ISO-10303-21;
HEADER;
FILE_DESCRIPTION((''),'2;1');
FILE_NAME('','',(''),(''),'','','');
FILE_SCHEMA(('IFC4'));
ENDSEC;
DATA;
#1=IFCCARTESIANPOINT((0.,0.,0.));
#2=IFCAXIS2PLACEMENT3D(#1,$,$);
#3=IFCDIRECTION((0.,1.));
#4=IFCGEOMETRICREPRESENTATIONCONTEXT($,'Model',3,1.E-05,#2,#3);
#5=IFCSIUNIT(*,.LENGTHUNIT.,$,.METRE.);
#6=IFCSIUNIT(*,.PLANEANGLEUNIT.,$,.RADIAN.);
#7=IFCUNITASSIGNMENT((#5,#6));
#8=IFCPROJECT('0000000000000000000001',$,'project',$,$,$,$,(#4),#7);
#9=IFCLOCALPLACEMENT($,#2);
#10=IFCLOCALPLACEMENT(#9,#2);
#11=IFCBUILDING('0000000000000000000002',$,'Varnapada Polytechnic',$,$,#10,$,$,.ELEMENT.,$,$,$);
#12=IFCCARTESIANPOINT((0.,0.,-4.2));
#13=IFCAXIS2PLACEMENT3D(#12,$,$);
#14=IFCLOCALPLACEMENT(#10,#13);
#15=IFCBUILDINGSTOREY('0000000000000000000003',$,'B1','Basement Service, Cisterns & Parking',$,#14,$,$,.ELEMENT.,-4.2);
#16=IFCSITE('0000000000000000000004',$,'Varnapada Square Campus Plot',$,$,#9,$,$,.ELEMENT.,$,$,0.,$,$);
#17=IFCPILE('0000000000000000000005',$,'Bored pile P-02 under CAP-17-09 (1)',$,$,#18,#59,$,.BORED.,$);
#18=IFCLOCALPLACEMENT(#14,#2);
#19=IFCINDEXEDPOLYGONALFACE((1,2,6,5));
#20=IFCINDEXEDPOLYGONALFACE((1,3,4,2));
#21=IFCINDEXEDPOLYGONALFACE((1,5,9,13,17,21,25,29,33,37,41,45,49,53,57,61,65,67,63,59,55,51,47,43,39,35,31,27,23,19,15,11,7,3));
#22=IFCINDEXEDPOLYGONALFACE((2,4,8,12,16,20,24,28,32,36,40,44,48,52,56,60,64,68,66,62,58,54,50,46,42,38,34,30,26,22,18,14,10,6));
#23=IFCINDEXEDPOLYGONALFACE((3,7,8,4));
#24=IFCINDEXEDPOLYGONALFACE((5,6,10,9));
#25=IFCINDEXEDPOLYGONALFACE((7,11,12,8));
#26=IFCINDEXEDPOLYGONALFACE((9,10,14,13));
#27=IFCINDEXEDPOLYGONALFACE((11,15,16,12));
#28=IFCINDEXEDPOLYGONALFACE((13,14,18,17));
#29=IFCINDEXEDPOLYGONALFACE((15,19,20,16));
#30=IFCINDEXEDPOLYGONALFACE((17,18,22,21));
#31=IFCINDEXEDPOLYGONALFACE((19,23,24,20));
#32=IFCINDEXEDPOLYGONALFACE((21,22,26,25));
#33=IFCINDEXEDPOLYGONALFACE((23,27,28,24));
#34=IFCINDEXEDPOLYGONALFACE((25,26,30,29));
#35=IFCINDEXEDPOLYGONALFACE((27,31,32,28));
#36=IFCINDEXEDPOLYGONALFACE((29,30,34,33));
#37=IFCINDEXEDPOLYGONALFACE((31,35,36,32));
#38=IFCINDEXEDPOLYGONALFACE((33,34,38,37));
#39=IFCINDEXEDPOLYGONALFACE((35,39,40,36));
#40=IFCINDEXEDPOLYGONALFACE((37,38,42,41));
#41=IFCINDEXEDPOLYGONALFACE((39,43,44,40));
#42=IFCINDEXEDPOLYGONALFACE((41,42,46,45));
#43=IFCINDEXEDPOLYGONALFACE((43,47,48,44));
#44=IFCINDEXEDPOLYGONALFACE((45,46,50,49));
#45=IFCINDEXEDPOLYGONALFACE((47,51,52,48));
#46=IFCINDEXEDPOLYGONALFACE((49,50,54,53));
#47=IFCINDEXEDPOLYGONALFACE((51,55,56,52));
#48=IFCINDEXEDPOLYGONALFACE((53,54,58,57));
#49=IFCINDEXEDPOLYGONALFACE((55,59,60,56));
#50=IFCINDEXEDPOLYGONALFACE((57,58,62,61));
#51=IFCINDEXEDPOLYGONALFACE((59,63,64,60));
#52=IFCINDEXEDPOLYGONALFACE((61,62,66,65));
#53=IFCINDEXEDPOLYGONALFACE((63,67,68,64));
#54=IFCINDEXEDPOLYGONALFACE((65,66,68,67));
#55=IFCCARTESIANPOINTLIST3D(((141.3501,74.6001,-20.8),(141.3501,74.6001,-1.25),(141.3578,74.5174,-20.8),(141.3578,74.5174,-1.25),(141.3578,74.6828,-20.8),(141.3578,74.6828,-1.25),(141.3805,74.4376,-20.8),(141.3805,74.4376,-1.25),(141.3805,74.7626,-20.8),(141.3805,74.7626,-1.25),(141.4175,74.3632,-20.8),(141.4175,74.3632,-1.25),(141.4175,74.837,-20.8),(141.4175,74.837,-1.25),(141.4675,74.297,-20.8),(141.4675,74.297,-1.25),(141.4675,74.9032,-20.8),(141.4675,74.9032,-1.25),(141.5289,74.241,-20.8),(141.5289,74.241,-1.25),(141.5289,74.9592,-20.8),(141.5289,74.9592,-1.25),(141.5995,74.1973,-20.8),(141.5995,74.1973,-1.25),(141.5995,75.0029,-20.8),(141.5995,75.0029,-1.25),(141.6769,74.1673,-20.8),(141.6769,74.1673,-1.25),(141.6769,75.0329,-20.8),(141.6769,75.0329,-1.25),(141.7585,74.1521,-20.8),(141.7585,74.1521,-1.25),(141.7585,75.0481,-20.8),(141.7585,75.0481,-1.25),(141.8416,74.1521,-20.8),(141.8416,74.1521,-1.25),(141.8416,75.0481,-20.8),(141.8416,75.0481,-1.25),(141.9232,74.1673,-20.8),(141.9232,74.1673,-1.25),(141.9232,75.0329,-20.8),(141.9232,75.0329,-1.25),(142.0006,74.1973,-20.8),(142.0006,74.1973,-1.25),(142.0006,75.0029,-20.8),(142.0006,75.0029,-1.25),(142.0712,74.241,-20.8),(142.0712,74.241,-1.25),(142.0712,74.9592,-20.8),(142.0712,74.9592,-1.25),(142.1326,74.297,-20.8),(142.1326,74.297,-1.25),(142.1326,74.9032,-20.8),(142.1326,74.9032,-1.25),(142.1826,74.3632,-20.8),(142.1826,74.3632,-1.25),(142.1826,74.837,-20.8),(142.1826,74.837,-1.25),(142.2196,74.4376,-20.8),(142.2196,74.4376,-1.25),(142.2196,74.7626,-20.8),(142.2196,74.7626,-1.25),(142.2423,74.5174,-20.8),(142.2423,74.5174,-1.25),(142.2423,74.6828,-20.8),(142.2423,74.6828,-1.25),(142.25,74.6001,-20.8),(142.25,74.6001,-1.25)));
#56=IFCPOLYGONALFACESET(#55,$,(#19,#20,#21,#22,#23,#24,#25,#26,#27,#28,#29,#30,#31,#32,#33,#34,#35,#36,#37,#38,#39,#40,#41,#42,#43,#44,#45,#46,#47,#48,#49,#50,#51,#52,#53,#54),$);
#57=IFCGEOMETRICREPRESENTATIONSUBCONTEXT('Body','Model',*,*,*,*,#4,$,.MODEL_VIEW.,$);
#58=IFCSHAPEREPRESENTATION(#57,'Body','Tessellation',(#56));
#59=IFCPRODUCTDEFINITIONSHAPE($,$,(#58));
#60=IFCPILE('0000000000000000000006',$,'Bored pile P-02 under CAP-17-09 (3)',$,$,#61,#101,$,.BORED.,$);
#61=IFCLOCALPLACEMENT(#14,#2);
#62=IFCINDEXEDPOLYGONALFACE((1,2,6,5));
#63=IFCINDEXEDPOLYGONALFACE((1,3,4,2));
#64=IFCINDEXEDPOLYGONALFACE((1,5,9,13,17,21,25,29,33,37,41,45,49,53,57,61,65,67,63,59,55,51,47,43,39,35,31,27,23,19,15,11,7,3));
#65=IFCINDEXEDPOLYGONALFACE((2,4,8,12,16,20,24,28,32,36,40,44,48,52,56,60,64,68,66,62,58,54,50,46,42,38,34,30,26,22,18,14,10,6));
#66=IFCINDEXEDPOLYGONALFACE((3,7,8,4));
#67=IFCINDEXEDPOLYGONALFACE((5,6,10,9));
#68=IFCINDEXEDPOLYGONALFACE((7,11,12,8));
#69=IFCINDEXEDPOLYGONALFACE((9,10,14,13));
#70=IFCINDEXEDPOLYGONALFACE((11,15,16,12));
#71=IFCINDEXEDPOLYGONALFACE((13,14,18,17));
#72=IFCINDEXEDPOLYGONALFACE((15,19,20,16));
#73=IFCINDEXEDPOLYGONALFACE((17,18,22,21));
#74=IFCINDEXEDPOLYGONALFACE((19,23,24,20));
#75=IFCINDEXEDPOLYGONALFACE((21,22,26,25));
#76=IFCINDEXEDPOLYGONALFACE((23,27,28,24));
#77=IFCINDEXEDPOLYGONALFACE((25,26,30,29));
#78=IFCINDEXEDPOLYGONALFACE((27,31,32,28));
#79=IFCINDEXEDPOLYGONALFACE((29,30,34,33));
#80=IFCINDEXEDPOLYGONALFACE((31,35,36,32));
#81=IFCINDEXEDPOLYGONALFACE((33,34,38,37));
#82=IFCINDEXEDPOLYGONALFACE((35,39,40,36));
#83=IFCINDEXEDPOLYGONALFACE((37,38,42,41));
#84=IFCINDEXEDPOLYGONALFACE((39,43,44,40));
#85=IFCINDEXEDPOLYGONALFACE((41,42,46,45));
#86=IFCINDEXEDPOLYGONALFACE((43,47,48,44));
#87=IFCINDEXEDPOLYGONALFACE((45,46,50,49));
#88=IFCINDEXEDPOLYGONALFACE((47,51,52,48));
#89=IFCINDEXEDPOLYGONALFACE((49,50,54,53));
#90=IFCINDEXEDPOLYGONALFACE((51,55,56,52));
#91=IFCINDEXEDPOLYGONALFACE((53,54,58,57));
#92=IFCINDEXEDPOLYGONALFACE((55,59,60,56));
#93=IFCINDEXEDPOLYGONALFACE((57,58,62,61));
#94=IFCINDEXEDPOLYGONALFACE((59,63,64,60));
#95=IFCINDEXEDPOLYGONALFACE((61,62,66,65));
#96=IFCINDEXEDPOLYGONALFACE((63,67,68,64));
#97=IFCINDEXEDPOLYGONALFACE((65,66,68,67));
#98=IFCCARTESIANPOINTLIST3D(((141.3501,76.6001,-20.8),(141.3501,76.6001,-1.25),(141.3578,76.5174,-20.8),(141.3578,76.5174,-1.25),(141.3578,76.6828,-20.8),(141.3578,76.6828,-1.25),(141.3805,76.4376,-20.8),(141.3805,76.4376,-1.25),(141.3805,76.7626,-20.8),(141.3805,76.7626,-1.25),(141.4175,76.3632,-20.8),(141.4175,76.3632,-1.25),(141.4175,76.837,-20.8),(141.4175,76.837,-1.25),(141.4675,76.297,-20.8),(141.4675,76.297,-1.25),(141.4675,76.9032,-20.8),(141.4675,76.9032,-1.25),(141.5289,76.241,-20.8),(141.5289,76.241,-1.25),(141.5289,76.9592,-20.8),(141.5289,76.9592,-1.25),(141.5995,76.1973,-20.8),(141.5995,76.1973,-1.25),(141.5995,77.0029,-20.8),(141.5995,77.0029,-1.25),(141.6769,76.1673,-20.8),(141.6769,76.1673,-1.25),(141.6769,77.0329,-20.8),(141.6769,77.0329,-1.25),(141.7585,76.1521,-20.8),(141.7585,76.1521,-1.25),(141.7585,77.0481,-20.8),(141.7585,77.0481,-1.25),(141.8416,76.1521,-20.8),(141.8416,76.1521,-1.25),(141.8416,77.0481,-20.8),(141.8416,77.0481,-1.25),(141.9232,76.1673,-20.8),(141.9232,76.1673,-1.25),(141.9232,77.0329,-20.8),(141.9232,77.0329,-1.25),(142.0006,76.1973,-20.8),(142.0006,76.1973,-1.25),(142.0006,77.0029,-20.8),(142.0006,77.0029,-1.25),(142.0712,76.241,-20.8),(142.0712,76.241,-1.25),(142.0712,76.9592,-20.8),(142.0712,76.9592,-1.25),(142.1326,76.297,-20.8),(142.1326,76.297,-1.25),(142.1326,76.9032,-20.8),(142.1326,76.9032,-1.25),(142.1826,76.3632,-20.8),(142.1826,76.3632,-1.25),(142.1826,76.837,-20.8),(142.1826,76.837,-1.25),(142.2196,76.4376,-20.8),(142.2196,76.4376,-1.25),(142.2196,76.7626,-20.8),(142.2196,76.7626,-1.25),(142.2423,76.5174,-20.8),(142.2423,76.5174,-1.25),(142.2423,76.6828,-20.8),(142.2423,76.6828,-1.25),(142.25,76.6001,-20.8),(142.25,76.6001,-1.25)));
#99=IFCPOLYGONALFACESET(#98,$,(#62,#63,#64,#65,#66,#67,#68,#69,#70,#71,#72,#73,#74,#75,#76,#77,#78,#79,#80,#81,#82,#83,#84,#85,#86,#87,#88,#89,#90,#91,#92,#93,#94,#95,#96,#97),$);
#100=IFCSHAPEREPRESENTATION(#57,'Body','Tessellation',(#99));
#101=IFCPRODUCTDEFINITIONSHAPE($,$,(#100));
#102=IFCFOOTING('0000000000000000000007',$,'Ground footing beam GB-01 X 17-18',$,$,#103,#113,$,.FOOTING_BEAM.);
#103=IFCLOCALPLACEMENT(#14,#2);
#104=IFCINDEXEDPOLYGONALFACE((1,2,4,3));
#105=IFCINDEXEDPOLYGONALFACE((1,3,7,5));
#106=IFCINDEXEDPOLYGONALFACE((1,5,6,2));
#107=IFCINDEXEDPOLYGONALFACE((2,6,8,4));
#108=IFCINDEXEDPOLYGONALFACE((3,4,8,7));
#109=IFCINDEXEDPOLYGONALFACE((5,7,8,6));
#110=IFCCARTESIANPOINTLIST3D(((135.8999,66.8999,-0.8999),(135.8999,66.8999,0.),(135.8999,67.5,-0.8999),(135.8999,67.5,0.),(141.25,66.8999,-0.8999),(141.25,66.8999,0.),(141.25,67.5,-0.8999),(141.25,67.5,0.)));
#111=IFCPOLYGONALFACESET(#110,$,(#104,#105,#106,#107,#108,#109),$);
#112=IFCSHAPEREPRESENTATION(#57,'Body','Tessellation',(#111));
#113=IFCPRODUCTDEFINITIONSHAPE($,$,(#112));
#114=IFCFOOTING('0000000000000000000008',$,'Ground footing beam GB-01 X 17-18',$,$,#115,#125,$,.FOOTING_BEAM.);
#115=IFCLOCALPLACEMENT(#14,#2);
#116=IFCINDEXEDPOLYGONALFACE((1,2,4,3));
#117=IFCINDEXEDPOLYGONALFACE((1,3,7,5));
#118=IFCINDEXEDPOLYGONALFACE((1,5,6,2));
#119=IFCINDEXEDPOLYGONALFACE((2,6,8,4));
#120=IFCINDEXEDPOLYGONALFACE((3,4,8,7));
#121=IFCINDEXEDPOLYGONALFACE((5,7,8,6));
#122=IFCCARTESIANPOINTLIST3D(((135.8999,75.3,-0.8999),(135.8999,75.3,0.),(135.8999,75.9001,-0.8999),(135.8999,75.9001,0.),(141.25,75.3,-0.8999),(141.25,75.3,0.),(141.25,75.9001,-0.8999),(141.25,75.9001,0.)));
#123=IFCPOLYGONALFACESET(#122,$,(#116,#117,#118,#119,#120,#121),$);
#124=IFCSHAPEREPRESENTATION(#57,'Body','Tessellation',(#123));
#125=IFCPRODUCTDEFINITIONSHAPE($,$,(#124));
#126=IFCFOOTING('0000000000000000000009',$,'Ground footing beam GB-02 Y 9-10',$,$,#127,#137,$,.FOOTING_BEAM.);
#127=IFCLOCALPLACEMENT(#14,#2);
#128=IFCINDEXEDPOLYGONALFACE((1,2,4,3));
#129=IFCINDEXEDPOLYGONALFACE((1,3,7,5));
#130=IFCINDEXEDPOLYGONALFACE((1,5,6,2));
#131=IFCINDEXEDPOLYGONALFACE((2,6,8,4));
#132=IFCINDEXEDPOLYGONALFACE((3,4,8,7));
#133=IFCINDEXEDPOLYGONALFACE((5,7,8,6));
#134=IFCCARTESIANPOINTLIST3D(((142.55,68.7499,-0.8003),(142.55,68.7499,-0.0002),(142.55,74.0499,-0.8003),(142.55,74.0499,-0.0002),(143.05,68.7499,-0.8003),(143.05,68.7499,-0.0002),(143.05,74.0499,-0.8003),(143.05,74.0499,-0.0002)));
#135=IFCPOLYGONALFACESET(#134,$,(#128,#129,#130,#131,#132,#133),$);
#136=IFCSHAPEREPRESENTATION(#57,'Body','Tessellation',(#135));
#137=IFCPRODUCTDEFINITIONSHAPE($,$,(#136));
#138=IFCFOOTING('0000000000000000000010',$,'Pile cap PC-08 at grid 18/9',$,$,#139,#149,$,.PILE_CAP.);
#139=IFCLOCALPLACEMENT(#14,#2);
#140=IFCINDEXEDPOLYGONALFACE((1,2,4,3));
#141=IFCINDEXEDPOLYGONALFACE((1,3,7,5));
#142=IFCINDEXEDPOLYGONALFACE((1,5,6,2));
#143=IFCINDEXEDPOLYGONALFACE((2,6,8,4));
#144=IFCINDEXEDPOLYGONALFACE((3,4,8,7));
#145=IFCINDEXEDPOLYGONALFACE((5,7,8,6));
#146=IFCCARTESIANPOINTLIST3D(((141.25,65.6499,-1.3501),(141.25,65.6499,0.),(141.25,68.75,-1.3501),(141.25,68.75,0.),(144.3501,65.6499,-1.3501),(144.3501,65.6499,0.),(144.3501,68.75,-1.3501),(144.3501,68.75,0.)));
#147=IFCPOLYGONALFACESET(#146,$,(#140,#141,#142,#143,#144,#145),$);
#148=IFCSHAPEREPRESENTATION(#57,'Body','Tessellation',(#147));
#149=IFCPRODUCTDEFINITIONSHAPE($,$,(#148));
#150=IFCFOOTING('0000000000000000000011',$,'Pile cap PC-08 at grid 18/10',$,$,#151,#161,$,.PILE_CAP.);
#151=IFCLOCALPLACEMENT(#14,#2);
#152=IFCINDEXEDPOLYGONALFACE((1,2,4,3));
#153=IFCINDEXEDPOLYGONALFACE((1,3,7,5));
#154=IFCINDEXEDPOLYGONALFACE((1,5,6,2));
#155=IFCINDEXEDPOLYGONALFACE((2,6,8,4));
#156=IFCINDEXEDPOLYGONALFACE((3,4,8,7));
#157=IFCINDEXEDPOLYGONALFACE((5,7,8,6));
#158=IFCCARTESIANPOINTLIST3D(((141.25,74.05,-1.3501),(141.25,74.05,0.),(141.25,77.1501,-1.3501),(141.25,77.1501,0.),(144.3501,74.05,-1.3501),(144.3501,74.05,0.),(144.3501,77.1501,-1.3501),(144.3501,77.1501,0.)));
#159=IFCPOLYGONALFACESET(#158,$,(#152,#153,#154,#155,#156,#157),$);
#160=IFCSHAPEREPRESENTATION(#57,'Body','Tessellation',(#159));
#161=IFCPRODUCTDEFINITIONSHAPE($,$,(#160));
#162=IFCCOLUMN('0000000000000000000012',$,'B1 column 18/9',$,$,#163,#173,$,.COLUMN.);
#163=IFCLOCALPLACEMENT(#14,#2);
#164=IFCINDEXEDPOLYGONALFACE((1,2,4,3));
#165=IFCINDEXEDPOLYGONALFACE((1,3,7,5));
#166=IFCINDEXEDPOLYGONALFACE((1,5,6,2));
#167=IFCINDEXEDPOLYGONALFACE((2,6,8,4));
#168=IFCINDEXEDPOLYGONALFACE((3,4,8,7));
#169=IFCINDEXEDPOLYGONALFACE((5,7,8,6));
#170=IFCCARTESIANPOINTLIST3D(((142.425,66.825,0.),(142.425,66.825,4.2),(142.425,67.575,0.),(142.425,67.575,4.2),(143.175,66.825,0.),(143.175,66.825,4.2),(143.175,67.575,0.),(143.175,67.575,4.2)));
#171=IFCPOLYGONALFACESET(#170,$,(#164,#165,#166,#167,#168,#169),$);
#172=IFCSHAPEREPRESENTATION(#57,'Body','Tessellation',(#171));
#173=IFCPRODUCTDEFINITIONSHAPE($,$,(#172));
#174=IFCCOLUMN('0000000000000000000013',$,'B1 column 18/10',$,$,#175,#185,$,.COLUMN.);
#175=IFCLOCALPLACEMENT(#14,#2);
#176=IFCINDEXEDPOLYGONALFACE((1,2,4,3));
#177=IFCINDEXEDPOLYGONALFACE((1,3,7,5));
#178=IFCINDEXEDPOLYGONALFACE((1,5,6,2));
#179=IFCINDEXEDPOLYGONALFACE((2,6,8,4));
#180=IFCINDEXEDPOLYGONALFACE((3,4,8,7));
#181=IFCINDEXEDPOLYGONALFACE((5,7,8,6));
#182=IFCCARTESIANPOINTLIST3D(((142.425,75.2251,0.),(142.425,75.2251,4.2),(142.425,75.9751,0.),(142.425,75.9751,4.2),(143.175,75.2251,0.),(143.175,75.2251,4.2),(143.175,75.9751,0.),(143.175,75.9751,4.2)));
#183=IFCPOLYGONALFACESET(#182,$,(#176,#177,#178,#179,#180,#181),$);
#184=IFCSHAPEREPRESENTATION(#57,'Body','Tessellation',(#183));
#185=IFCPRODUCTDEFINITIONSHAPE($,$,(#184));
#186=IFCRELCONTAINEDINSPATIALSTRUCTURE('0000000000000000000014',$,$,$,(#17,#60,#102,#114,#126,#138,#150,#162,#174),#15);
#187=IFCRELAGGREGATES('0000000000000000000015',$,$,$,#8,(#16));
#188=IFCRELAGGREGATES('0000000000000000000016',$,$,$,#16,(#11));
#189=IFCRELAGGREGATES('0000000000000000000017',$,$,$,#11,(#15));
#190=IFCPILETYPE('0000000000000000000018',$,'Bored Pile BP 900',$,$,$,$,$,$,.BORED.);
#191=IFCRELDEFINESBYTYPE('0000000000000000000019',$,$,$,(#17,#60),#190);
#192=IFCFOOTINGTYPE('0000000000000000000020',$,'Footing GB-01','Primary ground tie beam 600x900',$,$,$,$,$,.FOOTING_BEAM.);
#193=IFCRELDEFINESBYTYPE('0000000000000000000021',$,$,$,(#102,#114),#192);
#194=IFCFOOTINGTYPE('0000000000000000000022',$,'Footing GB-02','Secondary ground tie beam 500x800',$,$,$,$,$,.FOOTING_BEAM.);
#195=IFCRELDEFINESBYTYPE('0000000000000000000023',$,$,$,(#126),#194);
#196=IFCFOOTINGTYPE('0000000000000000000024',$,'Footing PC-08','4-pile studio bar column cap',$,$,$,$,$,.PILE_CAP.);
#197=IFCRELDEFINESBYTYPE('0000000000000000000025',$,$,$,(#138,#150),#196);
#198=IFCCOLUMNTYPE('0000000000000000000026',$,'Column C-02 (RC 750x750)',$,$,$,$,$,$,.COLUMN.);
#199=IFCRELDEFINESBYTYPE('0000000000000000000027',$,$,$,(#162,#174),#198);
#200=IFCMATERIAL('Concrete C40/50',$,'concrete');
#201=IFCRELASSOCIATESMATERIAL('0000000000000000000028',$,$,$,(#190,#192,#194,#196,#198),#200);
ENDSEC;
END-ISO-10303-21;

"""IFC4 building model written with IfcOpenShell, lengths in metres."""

from ifc_helpers import new_model, si_unit, direction, frame, origin, origin_2d, place, context, subcontext, project, spatial, rectangle, circle, extrude, material, material_profile, profile_set, type_object, element, save


model = new_model("IFC4")

# Units and contexts
model_context = context("Model", 3, precision=1e-05, world=origin(), true_north=direction((0.0, 1.0)))
body_context = subcontext(model_context, "Body", "Model", "MODEL_VIEW")
ifc_project = project(units=[si_unit("LENGTHUNIT", "METRE"), si_unit("PLANEANGLEUNIT", "RADIAN")], contexts=[model_context])

# Site, building, storey
site_placement = place(None, origin())
site = spatial("IfcSite", under=ifc_project, at=site_placement, Name="Varnapada Square Campus Plot", CompositionType="ELEMENT", RefElevation=0.0)
building_placement = place(site_placement, origin())
building = spatial("IfcBuilding", under=site, at=building_placement, Name="Varnapada Polytechnic", CompositionType="ELEMENT")
storey_placement = place(building_placement, frame((0.0, 0.0, -4.2)))
storey = spatial("IfcBuildingStorey", under=building, at=storey_placement, Name="B1", Description="Basement Service, Cisterns & Parking", CompositionType="ELEMENT", Elevation=-4.2)

# Piles
ifc_material_1 = material(Name="Concrete C40/50", Category="concrete")
ifc_material_profile_1 = material_profile(ifc_material_1, circle(Radius=0.45, at=origin_2d()), Name="BP 900")
ifc_profile_set_1 = profile_set([ifc_material_profile_1], Name="Concrete C40/50")
pile_type = type_object("IfcPileType", Name="Bored Pile BP 900", PredefinedType="BORED", material=ifc_profile_set_1)
for number, where, z_axis, x_axis, name in (
    (1, (141.8, 74.6001, -1.25), (0.0, 0.0, -1.0), (1.0, 0.0, 0.0), "Bored pile P-02 under CAP-17-09 (1)"),
    (2, (141.8, 76.6001, -1.25), (0.0, 0.0, -1.0), (1.0, 0.0, 0.0), "Bored pile P-02 under CAP-17-09 (3)"),
):
    element("IfcPile", number, at=place(storey_placement, frame(where, z_axis=z_axis, x_axis=x_axis)), inside=storey, type_object=pile_type, Name=name, PredefinedType="BORED", context=body_context, shape_type="SweptSolid", body=[
        extrude(circle(Radius=0.45, at=origin_2d()), origin(), (0.0, 0.0, 1.0), 19.55),
    ])

# Footings
footing_type_1 = type_object("IfcFootingType", Name="Footing GB-01", Description="Primary ground tie beam 600x900", PredefinedType="FOOTING_BEAM", material=ifc_material_1)
for number, where, z_axis, x_axis, name in (
    (3, (138.575, 67.2, -0.8999), (0.0, 0.0, 1.0), (1.0, 0.0, 0.0), "Ground footing beam GB-01 X 17-18"),
    (4, (138.575, 75.6001, -0.8999), (0.0, 0.0, 1.0), (1.0, 0.0, 0.0), "Ground footing beam GB-01 X 17-18"),
):
    element("IfcFooting", number, at=place(storey_placement, frame(where, z_axis=z_axis, x_axis=x_axis)), inside=storey, type_object=footing_type_1, Name=name, PredefinedType="FOOTING_BEAM", context=body_context, shape_type="SweptSolid", body=[
        extrude(rectangle(XDim=5.3501, YDim=0.6001, at=origin_2d()), origin(), (0.0, 0.0, 1.0), 0.8999),
    ])
footing_type_2 = type_object("IfcFootingType", Name="Footing GB-02", Description="Secondary ground tie beam 500x800", PredefinedType="FOOTING_BEAM", material=ifc_material_1)
footing_placement = place(storey_placement, frame((142.8, 71.3999, -0.8003), z_axis=(0.0, 0.0, 1.0), x_axis=(0.0, 1.0, 0.0)))
element("IfcFooting", 5, at=footing_placement, inside=storey, type_object=footing_type_2, Name="Ground footing beam GB-02 Y 9-10", PredefinedType="FOOTING_BEAM", context=body_context, shape_type="SweptSolid", body=[
    extrude(rectangle(XDim=5.3, YDim=0.5, at=origin_2d()), origin(), (0.0, 0.0, 1.0), 0.8),
])
footing_type_3 = type_object("IfcFootingType", Name="Footing PC-08", Description="4-pile studio bar column cap", PredefinedType="PILE_CAP", material=ifc_material_1)
for number, where, z_axis, x_axis, name in (
    (6, (142.8, 67.2, -1.3501), (0.0, 0.0, 1.0), (1.0, 0.0, 0.0), "Pile cap PC-08 at grid 18/9"),
    (7, (142.8, 75.6001, -1.3501), (0.0, 0.0, 1.0), (1.0, 0.0, 0.0), "Pile cap PC-08 at grid 18/10"),
):
    element("IfcFooting", number, at=place(storey_placement, frame(where, z_axis=z_axis, x_axis=x_axis)), inside=storey, type_object=footing_type_3, Name=name, PredefinedType="PILE_CAP", context=body_context, shape_type="SweptSolid", body=[
        extrude(rectangle(XDim=3.1001, YDim=3.1001, at=origin_2d()), origin(), (0.0, 0.0, 1.0), 1.3501),
    ])

# Columns
ifc_material_profile_2 = material_profile(ifc_material_1, rectangle(XDim=0.75, YDim=0.75, at=origin_2d()), Name="RC 750x750")
ifc_profile_set_2 = profile_set([ifc_material_profile_2], Name="Concrete C40/50")
column_type = type_object("IfcColumnType", Name="Column C-02 (RC 750x750)", PredefinedType="COLUMN", material=ifc_profile_set_2)
for number, where, z_axis, x_axis, name in (
    (8, (142.8, 67.2, 0.0), (0.0, 0.0, 1.0), (1.0, 0.0, 0.0), "B1 column 18/9"),
    (9, (142.8, 75.6001, 0.0), (0.0, 0.0, 1.0), (1.0, 0.0, 0.0), "B1 column 18/10"),
):
    element("IfcColumn", number, at=place(storey_placement, frame(where, z_axis=z_axis, x_axis=x_axis)), inside=storey, type_object=column_type, Name=name, PredefinedType="COLUMN", context=body_context, shape_type="SweptSolid", body=[
        extrude(rectangle(XDim=0.75, YDim=0.75, at=origin_2d()), origin(), (0.0, 0.0, 1.0), 4.2),
    ])

save(model, "model.ifc")
